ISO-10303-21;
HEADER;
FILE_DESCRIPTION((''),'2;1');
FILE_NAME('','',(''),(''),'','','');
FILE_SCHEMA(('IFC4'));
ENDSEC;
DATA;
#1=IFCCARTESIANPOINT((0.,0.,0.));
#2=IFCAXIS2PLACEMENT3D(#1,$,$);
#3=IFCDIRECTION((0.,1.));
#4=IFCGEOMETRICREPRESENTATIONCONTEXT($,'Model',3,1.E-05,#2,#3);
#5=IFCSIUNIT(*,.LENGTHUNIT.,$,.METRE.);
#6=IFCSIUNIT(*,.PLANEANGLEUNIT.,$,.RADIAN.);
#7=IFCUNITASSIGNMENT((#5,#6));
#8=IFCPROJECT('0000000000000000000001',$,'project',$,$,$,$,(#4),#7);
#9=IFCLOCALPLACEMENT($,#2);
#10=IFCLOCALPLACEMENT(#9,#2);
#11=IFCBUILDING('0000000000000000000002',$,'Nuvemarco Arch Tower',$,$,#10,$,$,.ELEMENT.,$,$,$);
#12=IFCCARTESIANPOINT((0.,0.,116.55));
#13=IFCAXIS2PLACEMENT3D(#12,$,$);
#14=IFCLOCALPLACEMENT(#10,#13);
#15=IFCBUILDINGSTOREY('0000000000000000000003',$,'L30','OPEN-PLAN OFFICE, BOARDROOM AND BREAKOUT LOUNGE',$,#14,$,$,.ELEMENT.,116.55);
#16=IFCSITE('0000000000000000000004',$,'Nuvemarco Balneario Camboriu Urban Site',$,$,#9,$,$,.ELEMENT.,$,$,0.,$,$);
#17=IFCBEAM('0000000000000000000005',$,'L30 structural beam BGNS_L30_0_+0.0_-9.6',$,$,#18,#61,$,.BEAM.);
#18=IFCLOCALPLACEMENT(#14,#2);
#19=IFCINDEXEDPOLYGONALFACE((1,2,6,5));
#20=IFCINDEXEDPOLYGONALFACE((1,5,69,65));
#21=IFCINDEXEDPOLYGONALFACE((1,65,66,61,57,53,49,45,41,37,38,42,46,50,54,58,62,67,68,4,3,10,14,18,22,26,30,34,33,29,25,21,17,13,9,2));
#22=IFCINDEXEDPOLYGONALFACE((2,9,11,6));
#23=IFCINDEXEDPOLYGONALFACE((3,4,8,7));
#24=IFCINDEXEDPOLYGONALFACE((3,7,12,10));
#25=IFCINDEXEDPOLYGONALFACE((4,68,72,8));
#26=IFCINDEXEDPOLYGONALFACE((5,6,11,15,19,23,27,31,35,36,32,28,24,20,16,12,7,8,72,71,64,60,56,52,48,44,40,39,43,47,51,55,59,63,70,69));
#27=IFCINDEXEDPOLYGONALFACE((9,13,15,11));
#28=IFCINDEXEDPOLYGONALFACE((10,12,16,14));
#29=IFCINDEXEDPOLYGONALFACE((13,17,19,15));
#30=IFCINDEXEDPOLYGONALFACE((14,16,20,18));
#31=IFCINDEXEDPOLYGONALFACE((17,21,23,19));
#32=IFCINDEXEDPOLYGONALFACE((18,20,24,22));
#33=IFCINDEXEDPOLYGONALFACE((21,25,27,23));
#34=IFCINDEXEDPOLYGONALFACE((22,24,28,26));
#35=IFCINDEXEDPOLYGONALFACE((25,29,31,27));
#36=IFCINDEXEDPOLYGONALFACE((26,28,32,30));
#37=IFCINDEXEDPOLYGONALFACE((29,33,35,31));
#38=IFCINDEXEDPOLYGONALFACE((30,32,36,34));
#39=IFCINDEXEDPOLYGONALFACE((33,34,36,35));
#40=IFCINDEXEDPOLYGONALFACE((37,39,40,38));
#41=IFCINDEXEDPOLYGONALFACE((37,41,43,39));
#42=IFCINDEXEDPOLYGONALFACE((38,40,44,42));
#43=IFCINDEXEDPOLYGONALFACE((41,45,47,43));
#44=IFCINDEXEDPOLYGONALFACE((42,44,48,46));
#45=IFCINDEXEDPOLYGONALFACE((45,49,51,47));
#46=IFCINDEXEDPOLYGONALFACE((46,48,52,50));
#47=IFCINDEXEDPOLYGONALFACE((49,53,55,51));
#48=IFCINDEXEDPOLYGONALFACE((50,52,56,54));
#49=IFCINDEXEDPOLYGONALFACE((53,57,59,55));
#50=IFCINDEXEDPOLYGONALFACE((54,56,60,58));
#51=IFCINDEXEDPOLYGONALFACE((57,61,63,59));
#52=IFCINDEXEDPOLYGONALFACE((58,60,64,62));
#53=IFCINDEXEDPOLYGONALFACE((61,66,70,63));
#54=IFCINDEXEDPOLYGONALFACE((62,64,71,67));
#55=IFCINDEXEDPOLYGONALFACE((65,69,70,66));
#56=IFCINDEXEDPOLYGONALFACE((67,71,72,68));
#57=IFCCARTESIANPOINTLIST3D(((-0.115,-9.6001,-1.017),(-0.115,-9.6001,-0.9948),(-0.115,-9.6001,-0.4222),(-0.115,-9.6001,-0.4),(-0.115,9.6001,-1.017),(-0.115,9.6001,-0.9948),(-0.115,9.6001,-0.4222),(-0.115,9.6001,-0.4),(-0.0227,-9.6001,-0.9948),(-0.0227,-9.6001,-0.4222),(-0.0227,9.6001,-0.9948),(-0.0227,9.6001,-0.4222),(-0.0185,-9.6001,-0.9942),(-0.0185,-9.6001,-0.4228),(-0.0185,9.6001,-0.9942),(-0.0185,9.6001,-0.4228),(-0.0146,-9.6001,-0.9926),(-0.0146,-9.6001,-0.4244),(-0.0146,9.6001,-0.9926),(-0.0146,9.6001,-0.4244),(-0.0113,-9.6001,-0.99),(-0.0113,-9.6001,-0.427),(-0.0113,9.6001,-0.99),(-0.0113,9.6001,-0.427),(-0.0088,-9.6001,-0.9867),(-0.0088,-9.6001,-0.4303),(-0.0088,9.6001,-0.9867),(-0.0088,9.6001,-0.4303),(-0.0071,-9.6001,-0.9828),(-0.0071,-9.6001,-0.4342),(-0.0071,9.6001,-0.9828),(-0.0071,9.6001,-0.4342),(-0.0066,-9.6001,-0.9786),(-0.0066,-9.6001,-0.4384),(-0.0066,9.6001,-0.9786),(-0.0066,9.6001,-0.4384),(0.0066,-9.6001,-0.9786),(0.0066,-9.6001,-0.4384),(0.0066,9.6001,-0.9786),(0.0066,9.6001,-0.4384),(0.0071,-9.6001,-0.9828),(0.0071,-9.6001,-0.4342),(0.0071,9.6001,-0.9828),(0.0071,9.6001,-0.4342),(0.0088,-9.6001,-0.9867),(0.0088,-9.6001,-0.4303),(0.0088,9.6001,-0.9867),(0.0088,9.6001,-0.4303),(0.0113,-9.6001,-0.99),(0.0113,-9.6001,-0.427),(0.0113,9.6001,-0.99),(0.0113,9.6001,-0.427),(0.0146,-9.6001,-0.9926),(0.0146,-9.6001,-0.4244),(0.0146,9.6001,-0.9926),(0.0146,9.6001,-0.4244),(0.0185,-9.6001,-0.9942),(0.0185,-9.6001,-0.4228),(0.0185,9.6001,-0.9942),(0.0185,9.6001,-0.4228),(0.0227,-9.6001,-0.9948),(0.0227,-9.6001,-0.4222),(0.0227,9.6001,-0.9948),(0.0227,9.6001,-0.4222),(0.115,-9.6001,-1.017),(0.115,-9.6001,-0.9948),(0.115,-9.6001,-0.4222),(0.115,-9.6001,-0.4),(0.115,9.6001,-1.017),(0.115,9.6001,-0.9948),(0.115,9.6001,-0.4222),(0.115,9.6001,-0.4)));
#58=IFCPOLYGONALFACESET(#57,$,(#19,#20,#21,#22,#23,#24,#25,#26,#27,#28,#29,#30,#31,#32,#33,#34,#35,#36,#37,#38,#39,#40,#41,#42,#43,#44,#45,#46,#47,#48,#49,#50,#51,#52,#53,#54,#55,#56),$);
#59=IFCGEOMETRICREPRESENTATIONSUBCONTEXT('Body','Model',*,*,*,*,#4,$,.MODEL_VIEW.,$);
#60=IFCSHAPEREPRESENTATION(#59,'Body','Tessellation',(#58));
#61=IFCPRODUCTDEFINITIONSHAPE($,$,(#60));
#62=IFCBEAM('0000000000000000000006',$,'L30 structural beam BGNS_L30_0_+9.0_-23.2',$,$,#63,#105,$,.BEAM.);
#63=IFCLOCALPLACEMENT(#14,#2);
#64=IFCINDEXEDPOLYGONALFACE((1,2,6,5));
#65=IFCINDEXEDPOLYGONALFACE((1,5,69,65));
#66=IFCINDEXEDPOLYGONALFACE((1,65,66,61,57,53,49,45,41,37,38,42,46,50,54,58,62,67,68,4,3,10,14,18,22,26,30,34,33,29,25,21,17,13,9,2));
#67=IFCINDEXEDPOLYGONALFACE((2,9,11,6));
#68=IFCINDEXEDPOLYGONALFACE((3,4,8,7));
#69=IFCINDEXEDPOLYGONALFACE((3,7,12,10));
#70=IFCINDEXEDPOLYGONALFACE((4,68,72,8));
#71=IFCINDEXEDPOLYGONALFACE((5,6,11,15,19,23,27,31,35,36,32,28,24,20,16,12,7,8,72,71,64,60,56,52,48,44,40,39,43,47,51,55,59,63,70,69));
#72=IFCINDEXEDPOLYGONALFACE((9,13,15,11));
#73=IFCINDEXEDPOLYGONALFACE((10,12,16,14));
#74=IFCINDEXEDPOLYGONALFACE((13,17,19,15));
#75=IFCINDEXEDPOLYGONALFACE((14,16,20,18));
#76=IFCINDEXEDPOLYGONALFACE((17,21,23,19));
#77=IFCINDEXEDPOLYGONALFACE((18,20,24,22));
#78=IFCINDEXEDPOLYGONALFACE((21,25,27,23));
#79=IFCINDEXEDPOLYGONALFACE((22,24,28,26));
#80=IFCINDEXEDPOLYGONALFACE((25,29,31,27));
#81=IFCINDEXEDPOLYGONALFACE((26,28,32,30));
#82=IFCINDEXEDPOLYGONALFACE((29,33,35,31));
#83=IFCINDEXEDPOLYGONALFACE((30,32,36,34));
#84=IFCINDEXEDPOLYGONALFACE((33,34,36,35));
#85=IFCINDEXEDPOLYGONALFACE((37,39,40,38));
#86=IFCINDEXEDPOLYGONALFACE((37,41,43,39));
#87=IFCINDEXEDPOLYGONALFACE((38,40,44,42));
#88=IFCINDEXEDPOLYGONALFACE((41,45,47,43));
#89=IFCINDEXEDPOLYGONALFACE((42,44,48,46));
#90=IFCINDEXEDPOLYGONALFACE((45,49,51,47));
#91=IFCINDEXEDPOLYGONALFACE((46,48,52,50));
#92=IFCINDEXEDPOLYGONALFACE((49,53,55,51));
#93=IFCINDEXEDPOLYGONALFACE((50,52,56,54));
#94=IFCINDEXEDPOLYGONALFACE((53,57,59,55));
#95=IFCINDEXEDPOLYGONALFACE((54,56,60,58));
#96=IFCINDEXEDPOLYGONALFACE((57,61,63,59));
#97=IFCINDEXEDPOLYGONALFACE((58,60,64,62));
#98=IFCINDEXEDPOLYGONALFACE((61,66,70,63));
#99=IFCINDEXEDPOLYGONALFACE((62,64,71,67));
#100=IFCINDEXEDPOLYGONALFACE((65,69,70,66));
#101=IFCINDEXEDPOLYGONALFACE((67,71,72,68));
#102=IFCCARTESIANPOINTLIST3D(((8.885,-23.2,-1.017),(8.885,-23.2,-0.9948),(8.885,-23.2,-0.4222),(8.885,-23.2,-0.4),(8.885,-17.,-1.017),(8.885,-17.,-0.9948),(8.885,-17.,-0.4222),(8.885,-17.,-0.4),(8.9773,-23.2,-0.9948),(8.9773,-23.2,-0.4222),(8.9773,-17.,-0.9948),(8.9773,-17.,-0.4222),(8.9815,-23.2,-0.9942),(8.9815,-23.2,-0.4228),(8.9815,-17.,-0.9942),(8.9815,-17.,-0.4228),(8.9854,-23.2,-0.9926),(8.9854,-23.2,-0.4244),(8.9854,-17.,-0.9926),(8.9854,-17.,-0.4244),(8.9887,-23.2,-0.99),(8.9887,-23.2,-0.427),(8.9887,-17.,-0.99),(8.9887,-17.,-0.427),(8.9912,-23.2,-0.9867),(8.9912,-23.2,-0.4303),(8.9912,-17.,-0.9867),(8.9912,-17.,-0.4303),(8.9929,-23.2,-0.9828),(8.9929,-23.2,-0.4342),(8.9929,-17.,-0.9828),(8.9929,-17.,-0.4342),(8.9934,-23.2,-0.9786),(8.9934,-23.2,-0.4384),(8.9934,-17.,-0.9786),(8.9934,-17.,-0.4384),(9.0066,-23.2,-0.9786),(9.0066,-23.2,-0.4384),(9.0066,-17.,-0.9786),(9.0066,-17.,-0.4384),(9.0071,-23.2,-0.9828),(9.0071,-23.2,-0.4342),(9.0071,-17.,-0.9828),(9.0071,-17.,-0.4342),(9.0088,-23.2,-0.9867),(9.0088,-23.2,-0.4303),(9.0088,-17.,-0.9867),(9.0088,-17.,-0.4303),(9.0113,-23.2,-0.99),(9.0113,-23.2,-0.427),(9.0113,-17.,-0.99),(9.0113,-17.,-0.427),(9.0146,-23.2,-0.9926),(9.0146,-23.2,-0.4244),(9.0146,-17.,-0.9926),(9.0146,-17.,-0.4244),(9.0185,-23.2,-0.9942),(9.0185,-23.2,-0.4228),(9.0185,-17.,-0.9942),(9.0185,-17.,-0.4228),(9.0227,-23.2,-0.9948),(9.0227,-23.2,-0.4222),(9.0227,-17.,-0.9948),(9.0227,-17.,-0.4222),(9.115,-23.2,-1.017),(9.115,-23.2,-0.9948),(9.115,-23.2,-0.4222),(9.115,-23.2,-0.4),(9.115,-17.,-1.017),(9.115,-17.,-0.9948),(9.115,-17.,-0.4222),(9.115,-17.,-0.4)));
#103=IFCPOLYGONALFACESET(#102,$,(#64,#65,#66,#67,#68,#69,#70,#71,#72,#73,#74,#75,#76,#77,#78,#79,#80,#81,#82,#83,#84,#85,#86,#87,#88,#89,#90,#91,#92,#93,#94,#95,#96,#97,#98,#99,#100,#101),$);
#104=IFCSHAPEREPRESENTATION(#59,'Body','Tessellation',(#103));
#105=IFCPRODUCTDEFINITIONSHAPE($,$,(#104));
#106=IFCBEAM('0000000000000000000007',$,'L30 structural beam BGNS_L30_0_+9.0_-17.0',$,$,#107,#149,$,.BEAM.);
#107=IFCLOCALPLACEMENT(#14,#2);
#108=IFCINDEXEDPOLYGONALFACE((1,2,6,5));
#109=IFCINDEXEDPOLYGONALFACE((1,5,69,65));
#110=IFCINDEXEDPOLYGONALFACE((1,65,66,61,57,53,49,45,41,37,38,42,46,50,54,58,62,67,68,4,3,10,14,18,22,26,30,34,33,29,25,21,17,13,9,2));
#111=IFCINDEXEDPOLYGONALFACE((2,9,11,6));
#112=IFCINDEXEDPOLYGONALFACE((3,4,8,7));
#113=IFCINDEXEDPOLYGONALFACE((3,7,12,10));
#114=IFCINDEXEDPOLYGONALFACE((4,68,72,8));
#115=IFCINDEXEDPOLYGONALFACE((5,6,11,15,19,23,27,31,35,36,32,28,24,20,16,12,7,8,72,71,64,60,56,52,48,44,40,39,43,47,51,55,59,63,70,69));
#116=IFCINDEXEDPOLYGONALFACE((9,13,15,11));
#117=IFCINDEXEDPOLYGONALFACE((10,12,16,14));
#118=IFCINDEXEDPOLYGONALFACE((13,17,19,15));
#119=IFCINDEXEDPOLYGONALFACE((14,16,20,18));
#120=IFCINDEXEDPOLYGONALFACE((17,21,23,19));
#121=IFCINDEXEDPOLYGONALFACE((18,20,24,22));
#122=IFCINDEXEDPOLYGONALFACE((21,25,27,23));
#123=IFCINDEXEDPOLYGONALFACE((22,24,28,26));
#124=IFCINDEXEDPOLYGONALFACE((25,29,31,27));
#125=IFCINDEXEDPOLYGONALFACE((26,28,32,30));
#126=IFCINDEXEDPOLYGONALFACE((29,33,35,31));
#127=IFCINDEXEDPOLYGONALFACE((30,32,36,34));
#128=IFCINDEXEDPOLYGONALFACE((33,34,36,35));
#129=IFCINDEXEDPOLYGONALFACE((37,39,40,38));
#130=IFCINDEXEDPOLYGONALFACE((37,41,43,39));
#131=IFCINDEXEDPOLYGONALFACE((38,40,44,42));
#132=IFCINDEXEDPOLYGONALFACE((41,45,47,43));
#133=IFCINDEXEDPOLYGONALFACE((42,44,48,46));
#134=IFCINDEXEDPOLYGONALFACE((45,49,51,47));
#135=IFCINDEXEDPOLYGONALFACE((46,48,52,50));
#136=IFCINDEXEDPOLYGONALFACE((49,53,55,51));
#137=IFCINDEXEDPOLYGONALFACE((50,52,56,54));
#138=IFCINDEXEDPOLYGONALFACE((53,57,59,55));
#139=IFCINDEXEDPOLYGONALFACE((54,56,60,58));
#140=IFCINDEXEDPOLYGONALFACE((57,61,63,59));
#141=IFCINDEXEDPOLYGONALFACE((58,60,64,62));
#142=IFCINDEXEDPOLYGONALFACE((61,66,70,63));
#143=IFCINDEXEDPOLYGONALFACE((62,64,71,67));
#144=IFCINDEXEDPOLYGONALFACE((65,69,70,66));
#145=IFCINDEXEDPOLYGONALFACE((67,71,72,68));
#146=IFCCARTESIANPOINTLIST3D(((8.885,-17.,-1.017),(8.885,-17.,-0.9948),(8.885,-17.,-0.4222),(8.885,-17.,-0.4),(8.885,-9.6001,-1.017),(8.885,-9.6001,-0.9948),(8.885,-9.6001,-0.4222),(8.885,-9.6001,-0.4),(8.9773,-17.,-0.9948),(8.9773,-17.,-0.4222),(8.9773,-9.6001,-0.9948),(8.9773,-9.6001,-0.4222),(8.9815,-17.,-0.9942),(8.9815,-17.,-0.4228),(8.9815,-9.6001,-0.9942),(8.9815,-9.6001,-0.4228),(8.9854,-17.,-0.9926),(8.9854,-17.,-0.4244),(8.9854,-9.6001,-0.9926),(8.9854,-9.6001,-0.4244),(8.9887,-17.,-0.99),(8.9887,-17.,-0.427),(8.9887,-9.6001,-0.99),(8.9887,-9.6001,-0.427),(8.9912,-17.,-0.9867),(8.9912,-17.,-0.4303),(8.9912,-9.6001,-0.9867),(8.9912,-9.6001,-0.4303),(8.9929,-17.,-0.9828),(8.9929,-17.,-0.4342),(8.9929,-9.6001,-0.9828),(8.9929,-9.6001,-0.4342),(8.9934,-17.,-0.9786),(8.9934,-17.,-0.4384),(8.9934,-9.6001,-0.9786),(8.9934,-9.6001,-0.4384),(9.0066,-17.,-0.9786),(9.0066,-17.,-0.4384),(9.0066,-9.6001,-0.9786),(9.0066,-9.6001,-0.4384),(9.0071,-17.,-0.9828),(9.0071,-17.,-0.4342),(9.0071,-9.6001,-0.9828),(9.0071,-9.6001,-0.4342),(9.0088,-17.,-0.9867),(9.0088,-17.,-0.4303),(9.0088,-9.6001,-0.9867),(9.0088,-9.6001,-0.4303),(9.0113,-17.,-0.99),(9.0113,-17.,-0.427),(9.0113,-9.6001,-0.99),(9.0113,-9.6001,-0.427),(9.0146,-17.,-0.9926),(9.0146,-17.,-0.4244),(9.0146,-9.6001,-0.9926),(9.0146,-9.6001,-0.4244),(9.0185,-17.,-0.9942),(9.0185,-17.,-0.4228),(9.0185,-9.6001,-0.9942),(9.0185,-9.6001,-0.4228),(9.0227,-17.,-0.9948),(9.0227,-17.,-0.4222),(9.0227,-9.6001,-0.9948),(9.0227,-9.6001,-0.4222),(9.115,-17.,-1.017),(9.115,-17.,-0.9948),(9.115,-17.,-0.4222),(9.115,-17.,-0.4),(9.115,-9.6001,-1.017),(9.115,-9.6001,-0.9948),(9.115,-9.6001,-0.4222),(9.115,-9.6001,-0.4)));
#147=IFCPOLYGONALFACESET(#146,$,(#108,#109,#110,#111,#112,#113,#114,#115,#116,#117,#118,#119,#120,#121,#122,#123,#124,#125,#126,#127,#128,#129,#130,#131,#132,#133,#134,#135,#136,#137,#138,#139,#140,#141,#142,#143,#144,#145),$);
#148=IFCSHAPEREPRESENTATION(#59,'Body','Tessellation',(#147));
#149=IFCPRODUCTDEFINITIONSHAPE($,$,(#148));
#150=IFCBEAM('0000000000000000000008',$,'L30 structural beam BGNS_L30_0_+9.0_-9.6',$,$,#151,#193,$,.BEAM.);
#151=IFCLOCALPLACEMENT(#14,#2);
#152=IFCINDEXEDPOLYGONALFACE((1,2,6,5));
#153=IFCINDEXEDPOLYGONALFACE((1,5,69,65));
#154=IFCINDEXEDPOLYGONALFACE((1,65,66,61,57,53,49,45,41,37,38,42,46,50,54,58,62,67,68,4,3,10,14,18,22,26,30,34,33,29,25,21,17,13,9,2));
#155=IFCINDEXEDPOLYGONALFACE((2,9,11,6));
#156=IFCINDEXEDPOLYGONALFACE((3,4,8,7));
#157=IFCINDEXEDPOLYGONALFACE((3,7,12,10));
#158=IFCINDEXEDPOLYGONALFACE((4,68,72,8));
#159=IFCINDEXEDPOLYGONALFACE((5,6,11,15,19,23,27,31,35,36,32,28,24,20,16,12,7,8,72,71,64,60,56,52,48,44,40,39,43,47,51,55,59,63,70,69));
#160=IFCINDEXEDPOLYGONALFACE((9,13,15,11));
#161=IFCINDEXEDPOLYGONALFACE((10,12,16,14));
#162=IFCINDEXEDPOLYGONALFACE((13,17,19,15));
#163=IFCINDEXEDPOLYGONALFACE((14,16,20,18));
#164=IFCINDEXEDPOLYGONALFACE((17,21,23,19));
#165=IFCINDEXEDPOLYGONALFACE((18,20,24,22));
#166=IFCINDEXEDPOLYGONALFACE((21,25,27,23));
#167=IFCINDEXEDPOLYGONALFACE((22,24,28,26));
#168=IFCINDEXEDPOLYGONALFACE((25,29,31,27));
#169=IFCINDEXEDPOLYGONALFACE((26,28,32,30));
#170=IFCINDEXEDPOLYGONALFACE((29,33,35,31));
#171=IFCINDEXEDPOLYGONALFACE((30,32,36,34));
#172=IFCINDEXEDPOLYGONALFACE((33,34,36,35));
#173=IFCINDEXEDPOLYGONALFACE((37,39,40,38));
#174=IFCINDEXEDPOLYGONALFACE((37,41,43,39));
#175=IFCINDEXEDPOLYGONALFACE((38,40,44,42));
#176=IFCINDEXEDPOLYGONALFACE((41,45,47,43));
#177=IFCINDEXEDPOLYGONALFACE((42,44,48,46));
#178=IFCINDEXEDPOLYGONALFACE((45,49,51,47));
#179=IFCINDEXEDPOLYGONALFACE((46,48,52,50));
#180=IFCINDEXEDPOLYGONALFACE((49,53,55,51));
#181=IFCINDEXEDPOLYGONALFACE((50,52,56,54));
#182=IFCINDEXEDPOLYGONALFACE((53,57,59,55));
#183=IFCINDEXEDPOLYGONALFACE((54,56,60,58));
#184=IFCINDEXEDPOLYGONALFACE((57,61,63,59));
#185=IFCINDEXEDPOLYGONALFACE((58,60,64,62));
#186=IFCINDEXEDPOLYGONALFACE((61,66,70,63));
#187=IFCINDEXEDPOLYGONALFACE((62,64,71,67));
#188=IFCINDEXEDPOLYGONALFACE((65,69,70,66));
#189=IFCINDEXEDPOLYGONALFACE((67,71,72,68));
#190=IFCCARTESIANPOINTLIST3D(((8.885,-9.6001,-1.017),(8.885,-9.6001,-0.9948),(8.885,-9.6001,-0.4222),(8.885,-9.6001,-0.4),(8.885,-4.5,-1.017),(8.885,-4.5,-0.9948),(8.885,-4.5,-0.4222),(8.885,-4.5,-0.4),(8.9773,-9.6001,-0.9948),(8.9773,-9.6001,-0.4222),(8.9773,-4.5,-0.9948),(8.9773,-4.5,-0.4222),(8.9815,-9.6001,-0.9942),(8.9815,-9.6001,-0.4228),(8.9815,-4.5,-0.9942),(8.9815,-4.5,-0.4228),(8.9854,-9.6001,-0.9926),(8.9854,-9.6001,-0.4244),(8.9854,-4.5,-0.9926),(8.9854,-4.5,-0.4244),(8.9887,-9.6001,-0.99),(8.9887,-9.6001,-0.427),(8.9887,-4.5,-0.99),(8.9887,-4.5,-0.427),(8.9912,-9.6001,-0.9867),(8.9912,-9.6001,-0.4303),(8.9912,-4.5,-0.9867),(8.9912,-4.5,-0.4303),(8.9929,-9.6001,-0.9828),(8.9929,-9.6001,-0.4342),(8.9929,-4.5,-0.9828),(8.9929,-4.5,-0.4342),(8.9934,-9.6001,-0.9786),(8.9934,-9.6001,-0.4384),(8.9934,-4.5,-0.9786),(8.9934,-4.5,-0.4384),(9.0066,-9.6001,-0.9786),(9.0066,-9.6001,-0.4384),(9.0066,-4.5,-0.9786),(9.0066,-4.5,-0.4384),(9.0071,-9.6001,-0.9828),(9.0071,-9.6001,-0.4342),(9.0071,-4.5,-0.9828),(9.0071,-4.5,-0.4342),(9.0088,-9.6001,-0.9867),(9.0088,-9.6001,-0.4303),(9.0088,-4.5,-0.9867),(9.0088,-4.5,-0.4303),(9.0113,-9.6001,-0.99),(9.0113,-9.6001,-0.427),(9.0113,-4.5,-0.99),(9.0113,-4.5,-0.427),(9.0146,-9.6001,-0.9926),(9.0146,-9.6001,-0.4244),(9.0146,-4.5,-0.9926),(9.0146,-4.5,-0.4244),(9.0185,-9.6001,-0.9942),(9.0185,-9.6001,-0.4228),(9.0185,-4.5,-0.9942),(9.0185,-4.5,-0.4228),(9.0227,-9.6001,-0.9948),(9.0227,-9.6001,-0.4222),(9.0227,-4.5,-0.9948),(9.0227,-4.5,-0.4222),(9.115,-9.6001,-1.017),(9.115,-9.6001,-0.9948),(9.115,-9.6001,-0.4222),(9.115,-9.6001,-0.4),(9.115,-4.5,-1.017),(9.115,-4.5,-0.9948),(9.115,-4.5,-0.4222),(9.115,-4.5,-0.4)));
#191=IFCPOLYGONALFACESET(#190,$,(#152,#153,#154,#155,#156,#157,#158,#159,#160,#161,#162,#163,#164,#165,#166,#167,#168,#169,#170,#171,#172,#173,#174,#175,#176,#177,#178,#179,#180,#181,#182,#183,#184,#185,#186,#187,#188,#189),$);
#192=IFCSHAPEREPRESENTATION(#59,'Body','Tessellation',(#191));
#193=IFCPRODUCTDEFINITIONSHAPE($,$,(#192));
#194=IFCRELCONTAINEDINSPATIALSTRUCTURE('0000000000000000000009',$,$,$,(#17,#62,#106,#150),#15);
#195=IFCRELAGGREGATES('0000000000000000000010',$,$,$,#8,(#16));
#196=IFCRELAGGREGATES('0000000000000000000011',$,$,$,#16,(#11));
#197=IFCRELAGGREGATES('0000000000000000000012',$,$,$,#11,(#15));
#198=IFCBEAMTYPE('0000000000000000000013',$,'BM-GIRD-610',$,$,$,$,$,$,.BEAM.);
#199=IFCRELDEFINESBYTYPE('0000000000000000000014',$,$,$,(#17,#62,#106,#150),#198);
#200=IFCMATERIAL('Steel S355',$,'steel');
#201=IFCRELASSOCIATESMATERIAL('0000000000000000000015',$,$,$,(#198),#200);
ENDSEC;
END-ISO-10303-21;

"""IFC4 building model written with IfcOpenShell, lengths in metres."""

from ifc_helpers import new_model, si_unit, direction, frame, origin, origin_2d, place, context, subcontext, project, spatial, i_section, extrude, material, material_profile, profile_set, type_object, element, save


model = new_model("IFC4")

# Units and contexts
model_context = context("Model", 3, precision=1e-05, world=origin(), true_north=direction((0.0, 1.0)))
body_context = subcontext(model_context, "Body", "Model", "MODEL_VIEW")
ifc_project = project(units=[si_unit("LENGTHUNIT", "METRE"), si_unit("PLANEANGLEUNIT", "RADIAN")], contexts=[model_context])

# Site, building, storey
site_placement = place(None, origin())
site = spatial("IfcSite", under=ifc_project, at=site_placement, Name="Nuvemarco Balneario Camboriu Urban Site", CompositionType="ELEMENT", RefElevation=0.0)
building_placement = place(site_placement, origin())
building = spatial("IfcBuilding", under=site, at=building_placement, Name="Nuvemarco Arch Tower", CompositionType="ELEMENT")
storey_placement = place(building_placement, frame((0.0, 0.0, 116.55)))
storey = spatial("IfcBuildingStorey", under=building, at=storey_placement, Name="L30", Description="OPEN-PLAN OFFICE, BOARDROOM AND BREAKOUT LOUNGE", CompositionType="ELEMENT", Elevation=116.55)

# Shared definitions
ifc_material_1 = material(Name="Steel S355", Category="steel")

# Beams
ifc_material_profile_1 = material_profile(ifc_material_1, i_section(OverallWidth=0.23, OverallDepth=0.6169, WebThickness=0.0132, FlangeThickness=0.0222, FilletRadius=0.0161, at=origin_2d()), Name="W610x140")
ifc_profile_set_1 = profile_set([ifc_material_profile_1], Name="Steel S355")
beam_type_1 = type_object("IfcBeamType", Name="BM-GIRD-610", PredefinedType="BEAM", material=ifc_profile_set_1)
beam_1_placement = place(storey_placement, frame((0.0, -9.6001, -0.7085), z_axis=(0.0, 1.0, 0.0), x_axis=(-1.0, 0.0, 0.0)))
element("IfcBeam", 1, at=beam_1_placement, inside=storey, type_object=beam_type_1, Name="L30 structural beam BGNS_L30_0_+0.0_-9.6", PredefinedType="BEAM", context=body_context, shape_type="SweptSolid", body=[
    extrude(i_section(OverallWidth=0.23, OverallDepth=0.6169, WebThickness=0.0132, FlangeThickness=0.0222, FilletRadius=0.0161, at=origin_2d()), origin(), (0.0, 0.0, 1.0), 19.2002),
])
beam_2_placement = place(storey_placement, frame((9.0, -23.2, -0.7085), z_axis=(0.0, 1.0, 0.0), x_axis=(-1.0, 0.0, 0.0)))
element("IfcBeam", 2, at=beam_2_placement, inside=storey, type_object=beam_type_1, Name="L30 structural beam BGNS_L30_0_+9.0_-23.2", PredefinedType="BEAM", context=body_context, shape_type="SweptSolid", body=[
    extrude(i_section(OverallWidth=0.23, OverallDepth=0.6169, WebThickness=0.0132, FlangeThickness=0.0222, FilletRadius=0.0161, at=origin_2d()), origin(), (0.0, 0.0, 1.0), 6.2),
])
beam_3_placement = place(storey_placement, frame((9.0, -17.0, -0.7085), z_axis=(0.0, 1.0, 0.0), x_axis=(-1.0, 0.0, 0.0)))
element("IfcBeam", 3, at=beam_3_placement, inside=storey, type_object=beam_type_1, Name="L30 structural beam BGNS_L30_0_+9.0_-17.0", PredefinedType="BEAM", context=body_context, shape_type="SweptSolid", body=[
    extrude(i_section(OverallWidth=0.23, OverallDepth=0.6169, WebThickness=0.0132, FlangeThickness=0.0222, FilletRadius=0.0161, at=origin_2d()), origin(), (0.0, 0.0, 1.0), 7.3999),
])
beam_4_placement = place(storey_placement, frame((9.0, -9.6001, -0.7085), z_axis=(0.0, 1.0, 0.0), x_axis=(-1.0, 0.0, 0.0)))
element("IfcBeam", 4, at=beam_4_placement, inside=storey, type_object=beam_type_1, Name="L30 structural beam BGNS_L30_0_+9.0_-9.6", PredefinedType="BEAM", context=body_context, shape_type="SweptSolid", body=[
    extrude(i_section(OverallWidth=0.23, OverallDepth=0.6169, WebThickness=0.0132, FlangeThickness=0.0222, FilletRadius=0.0161, at=origin_2d()), origin(), (0.0, 0.0, 1.0), 5.1001),
])

save(model, "model.ifc")
